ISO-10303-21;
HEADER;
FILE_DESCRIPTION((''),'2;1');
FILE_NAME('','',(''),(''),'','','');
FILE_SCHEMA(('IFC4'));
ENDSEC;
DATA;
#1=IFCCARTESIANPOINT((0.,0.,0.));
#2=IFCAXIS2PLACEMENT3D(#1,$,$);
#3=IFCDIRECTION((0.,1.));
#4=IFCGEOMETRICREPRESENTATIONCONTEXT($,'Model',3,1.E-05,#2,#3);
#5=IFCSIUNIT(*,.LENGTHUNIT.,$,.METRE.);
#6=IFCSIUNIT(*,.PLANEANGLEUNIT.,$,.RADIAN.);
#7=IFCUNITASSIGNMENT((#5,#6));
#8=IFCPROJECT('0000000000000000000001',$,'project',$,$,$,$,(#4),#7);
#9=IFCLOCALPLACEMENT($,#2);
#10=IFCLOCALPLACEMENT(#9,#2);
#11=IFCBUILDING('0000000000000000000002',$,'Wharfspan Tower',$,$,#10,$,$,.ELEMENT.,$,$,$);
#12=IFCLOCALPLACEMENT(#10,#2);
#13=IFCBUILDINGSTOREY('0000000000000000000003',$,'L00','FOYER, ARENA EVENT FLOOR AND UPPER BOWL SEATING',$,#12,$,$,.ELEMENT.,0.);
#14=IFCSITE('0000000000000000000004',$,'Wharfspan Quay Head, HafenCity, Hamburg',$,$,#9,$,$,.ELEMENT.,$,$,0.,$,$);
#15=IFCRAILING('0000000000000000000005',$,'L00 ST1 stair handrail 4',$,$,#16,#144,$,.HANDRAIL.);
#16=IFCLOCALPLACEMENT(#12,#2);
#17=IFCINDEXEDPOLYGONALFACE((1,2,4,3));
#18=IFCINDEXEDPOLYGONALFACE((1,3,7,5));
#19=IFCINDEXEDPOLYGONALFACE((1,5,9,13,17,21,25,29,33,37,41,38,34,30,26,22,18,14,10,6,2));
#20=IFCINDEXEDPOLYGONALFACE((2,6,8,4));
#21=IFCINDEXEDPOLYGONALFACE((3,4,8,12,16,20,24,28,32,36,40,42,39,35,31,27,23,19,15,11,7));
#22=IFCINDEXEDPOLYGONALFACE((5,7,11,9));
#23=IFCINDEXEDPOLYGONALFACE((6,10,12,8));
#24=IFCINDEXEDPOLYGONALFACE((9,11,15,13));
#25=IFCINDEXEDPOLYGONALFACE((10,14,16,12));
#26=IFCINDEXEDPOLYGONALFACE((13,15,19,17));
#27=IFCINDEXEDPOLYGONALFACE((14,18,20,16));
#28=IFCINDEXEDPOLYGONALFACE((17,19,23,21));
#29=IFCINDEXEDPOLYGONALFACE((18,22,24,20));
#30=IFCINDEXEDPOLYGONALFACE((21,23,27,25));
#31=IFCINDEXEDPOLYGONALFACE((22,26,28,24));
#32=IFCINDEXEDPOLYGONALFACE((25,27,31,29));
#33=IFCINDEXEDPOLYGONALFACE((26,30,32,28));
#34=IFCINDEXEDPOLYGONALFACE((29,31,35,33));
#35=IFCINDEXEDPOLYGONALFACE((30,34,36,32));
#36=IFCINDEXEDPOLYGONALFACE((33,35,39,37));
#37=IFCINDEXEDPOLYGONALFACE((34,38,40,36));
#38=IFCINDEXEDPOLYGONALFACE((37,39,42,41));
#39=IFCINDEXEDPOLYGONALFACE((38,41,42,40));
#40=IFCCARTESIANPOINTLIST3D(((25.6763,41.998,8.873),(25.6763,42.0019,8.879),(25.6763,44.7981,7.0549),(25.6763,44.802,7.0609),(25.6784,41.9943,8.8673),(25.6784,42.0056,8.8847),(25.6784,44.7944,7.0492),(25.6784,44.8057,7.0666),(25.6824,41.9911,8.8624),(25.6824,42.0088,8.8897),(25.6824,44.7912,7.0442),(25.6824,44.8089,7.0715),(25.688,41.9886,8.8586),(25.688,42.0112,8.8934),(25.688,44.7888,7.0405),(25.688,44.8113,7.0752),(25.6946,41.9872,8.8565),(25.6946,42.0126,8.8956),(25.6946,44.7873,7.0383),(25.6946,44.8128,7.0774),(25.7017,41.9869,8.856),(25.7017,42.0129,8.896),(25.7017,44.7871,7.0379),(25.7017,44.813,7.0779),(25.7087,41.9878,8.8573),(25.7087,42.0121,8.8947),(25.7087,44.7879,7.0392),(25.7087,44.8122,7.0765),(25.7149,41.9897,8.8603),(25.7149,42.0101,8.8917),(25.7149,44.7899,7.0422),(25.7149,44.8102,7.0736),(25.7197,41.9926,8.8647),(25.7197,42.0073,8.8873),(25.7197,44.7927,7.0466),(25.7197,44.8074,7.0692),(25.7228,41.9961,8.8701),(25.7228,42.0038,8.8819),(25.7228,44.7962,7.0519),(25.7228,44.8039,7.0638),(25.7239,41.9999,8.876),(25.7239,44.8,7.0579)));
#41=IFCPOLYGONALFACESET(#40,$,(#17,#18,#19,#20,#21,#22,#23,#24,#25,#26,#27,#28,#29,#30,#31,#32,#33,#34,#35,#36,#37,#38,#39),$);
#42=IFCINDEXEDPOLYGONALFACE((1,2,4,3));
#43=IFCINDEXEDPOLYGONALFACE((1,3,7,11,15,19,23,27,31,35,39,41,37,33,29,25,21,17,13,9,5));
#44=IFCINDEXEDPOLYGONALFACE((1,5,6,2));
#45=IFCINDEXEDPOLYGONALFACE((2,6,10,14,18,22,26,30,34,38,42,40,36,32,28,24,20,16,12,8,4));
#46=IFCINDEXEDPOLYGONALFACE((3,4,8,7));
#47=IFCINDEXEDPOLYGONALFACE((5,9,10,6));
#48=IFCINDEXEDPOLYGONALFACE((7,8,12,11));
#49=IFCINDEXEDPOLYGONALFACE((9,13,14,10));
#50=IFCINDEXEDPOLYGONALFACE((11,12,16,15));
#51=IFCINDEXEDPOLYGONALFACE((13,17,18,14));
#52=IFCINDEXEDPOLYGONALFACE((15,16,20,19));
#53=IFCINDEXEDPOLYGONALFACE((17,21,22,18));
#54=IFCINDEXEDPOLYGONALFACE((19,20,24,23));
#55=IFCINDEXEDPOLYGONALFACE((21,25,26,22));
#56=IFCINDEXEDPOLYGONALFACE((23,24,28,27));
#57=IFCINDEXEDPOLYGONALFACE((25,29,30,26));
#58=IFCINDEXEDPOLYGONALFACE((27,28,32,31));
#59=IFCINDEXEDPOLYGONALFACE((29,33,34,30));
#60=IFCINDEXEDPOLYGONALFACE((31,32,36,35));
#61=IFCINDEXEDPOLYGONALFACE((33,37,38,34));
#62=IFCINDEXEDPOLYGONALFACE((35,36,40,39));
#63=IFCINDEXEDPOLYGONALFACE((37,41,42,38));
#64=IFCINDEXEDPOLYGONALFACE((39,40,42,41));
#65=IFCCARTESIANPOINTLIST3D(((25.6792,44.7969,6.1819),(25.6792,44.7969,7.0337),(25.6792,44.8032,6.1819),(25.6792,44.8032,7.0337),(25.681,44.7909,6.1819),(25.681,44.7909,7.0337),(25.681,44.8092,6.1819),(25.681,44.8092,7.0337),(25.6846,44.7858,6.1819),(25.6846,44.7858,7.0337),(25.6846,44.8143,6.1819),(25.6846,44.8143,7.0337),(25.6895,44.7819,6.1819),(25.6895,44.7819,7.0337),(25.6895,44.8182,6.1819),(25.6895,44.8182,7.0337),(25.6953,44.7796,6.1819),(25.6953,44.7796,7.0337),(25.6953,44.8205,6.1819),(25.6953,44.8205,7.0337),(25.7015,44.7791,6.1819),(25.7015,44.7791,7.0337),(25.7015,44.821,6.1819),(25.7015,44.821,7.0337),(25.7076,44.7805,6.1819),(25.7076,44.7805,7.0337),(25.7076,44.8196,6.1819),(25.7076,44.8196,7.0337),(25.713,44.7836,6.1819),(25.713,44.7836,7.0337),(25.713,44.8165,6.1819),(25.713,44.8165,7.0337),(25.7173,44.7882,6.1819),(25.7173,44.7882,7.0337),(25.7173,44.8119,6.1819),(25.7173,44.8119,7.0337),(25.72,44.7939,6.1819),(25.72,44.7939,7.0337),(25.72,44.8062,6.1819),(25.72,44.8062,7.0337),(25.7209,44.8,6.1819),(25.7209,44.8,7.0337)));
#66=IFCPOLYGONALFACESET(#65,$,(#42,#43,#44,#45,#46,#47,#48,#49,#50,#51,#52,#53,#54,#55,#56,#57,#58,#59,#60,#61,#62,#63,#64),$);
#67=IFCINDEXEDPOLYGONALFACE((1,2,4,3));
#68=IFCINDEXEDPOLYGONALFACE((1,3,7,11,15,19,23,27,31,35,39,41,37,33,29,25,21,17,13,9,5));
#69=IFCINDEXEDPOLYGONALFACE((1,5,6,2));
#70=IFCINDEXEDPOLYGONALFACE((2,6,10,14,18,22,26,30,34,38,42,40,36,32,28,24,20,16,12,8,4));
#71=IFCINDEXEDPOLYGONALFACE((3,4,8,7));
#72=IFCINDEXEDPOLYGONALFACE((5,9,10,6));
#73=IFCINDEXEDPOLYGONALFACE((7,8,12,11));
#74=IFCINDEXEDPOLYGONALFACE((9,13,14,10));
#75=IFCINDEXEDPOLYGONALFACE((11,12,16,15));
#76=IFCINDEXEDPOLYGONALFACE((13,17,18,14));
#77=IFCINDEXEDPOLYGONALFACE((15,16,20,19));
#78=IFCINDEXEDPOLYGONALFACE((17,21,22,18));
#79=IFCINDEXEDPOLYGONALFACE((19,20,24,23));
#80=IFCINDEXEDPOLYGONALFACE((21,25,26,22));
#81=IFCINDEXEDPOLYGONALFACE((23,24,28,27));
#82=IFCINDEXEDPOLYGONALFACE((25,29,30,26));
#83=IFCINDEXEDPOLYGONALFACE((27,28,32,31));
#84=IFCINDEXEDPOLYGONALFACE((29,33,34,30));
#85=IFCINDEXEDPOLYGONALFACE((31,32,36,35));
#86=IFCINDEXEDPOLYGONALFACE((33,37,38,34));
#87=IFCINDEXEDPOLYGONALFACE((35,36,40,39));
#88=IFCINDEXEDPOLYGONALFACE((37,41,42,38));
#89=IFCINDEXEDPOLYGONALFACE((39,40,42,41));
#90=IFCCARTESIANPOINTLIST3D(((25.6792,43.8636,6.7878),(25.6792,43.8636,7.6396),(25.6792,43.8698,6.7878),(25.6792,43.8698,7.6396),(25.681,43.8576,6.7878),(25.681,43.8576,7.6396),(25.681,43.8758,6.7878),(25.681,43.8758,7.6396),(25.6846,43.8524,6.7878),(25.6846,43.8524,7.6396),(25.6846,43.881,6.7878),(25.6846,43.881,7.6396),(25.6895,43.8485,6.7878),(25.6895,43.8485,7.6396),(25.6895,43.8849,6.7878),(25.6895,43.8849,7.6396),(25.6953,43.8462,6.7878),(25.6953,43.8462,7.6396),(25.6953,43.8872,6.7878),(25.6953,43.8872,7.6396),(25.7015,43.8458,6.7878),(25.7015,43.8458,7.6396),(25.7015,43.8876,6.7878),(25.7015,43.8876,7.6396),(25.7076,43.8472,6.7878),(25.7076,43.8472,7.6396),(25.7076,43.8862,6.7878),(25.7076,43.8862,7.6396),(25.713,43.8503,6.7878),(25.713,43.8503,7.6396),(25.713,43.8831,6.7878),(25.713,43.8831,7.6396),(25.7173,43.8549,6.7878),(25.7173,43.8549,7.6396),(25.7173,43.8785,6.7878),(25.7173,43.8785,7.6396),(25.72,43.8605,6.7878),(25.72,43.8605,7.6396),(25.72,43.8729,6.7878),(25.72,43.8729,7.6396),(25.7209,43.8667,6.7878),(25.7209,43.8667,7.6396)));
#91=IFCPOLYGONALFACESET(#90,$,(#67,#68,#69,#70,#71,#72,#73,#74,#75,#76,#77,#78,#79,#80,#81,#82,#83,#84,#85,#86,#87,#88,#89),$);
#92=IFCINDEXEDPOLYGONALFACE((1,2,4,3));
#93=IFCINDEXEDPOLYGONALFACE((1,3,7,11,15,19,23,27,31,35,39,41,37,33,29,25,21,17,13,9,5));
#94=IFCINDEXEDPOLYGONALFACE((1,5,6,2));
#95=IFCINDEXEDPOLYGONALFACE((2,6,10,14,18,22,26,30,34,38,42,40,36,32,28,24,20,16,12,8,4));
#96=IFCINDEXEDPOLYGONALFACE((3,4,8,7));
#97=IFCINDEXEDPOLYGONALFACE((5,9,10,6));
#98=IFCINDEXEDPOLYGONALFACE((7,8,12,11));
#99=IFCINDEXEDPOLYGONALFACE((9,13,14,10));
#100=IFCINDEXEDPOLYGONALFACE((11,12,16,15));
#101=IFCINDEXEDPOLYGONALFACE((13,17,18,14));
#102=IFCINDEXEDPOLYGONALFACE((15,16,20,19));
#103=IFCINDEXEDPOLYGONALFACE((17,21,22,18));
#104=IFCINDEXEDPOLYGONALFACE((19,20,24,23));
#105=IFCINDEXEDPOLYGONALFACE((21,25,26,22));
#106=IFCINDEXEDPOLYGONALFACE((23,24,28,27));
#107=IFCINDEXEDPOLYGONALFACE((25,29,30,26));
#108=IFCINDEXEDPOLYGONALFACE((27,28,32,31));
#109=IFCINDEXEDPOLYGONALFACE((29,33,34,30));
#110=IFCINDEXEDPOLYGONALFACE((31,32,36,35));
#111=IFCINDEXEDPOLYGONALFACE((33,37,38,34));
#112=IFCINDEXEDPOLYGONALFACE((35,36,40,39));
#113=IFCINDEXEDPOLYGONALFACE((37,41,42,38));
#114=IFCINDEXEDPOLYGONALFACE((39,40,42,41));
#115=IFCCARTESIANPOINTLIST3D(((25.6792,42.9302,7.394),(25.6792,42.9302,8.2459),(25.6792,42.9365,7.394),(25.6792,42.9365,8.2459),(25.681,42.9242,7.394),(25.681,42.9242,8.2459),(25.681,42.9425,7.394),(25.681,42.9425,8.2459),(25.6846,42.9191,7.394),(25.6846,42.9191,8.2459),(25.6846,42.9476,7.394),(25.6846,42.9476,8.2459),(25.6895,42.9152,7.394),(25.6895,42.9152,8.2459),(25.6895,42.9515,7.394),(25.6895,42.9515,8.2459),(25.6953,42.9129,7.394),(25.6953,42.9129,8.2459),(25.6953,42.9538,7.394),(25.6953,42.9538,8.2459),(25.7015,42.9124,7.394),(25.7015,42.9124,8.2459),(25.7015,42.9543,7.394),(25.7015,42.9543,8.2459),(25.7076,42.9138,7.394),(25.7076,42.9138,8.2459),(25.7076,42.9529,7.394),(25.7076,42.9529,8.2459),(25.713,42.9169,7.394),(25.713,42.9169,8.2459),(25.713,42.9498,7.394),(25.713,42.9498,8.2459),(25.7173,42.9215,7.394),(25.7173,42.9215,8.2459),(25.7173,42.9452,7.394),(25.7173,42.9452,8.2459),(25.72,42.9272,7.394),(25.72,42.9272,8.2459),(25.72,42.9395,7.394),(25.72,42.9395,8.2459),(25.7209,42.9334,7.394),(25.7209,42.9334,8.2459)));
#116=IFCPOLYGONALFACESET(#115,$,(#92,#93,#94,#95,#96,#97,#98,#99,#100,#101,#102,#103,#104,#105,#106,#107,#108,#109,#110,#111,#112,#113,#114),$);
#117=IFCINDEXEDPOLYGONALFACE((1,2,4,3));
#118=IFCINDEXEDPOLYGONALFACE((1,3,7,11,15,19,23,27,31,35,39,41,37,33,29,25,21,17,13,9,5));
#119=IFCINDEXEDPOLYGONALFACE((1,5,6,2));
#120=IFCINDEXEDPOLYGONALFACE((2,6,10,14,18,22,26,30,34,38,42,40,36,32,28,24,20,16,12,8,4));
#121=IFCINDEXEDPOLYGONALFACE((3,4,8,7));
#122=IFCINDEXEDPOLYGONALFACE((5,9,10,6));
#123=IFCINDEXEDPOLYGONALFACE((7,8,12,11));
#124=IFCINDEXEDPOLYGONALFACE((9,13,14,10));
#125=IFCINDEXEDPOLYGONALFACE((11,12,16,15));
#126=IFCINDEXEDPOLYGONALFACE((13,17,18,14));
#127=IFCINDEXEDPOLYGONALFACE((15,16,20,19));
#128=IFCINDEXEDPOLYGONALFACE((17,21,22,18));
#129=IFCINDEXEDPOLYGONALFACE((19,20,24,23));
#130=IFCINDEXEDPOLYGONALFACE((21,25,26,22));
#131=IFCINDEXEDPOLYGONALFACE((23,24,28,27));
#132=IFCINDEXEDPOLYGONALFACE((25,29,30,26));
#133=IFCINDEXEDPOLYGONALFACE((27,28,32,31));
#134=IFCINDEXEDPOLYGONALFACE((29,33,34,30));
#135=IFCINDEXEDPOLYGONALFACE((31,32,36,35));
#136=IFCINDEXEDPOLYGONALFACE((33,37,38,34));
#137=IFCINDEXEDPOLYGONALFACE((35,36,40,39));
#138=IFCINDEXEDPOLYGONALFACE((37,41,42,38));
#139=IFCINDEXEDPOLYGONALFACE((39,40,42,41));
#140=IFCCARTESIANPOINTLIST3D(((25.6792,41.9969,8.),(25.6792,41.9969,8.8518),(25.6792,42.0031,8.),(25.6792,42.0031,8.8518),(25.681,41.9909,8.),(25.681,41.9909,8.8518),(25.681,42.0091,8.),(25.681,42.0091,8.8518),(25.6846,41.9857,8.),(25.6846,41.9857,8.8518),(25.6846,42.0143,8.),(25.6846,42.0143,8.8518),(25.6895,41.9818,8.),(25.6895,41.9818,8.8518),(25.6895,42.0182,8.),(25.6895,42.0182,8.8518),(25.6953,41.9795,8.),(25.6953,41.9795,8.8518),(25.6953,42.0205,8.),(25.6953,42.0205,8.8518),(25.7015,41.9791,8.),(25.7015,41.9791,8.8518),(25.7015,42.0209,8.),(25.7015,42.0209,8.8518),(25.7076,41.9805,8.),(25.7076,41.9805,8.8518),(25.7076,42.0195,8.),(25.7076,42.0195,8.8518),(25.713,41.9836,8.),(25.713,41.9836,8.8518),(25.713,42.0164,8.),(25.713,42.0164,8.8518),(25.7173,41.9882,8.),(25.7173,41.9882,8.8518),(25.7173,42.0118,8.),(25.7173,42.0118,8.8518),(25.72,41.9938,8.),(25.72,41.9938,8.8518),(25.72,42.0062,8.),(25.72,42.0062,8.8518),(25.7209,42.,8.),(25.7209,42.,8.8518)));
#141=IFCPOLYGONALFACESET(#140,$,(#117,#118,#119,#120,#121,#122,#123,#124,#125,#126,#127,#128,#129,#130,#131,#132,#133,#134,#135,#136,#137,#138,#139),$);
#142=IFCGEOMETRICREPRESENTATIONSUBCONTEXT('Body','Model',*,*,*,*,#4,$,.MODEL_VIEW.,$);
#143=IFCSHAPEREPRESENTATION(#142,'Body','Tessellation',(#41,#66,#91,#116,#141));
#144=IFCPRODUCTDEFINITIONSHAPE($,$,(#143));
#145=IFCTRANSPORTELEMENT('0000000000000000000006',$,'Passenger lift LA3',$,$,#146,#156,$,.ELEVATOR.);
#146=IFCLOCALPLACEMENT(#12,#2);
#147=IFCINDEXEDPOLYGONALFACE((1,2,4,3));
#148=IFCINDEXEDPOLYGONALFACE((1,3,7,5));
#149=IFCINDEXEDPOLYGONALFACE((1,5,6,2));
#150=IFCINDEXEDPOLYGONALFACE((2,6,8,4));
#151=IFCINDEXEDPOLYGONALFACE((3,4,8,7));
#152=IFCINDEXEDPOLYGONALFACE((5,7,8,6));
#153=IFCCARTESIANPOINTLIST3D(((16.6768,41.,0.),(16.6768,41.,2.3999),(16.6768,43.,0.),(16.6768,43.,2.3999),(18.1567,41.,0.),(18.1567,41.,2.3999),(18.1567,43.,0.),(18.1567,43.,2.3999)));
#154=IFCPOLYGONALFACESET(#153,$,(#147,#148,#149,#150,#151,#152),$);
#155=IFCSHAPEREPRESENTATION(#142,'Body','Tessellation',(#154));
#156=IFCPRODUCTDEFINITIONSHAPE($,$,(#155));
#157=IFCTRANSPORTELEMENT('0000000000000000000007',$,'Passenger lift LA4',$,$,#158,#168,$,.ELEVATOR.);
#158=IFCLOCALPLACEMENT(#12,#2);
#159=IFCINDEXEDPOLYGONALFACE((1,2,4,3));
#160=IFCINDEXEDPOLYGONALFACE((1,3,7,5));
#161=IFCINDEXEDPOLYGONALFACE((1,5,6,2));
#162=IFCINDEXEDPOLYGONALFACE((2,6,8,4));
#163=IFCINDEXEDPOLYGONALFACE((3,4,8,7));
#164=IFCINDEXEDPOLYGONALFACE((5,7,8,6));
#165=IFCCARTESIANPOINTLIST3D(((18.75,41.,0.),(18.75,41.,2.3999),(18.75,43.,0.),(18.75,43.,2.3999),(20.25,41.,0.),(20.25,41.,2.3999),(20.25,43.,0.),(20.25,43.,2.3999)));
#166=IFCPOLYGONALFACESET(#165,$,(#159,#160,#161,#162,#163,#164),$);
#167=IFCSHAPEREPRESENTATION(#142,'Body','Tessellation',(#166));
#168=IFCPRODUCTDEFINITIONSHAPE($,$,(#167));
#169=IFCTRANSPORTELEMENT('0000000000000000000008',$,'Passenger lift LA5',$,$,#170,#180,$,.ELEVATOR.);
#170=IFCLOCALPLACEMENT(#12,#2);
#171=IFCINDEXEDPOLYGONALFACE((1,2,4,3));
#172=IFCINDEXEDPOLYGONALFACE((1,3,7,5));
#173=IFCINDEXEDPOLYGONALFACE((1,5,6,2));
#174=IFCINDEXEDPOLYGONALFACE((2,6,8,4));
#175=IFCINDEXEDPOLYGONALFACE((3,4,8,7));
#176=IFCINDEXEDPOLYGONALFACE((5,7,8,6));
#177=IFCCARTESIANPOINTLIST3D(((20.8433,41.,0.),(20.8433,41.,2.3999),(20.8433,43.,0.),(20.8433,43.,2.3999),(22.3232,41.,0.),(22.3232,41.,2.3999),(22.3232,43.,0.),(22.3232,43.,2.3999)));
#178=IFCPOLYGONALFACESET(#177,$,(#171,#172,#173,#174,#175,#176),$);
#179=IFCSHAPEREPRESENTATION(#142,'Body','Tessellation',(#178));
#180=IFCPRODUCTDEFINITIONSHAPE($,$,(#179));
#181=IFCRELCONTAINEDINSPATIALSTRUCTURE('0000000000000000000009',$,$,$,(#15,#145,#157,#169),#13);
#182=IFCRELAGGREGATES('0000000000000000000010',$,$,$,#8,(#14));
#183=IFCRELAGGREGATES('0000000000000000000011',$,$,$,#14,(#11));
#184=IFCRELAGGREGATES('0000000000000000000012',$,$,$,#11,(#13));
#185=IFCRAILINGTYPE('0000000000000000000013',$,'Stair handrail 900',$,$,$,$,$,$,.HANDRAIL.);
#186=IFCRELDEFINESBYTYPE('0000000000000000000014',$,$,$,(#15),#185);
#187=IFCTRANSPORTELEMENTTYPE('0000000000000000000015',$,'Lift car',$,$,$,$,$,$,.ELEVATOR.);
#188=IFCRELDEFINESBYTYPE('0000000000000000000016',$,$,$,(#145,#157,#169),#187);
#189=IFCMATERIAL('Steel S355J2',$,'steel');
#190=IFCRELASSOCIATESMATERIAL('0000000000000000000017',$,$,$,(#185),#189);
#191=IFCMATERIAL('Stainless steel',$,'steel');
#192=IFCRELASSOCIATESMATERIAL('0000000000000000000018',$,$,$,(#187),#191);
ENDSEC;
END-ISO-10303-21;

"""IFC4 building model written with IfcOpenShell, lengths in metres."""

from ifc_helpers import new_model, si_unit, direction, frame, origin, origin_2d, place, context, subcontext, project, spatial, rectangle, circle, extrude, material, type_object, element, save


model = new_model("IFC4")

# Units and contexts
model_context = context("Model", 3, precision=1e-05, world=origin(), true_north=direction((0.0, 1.0)))
body_context = subcontext(model_context, "Body", "Model", "MODEL_VIEW")
ifc_project = project(units=[si_unit("LENGTHUNIT", "METRE"), si_unit("PLANEANGLEUNIT", "RADIAN")], contexts=[model_context])

# Site, building, storey
site_placement = place(None, origin())
site = spatial("IfcSite", under=ifc_project, at=site_placement, Name="Wharfspan Quay Head, HafenCity, Hamburg", CompositionType="ELEMENT", RefElevation=0.0)
building_placement = place(site_placement, origin())
building = spatial("IfcBuilding", under=site, at=building_placement, Name="Wharfspan Tower", CompositionType="ELEMENT")
storey_placement = place(building_placement, origin())
storey = spatial("IfcBuildingStorey", under=building, at=storey_placement, Name="L00", Description="FOYER, ARENA EVENT FLOOR AND UPPER BOWL SEATING", CompositionType="ELEMENT", Elevation=0.0)

# Shared definitions
ifc_material_1 = material(Name="Stainless steel", Category="steel")

# Railing
ifc_material_2 = material(Name="Steel S355J2", Category="steel")
railing_type = type_object("IfcRailingType", Name="Stair handrail 900", PredefinedType="HANDRAIL", material=ifc_material_2)
for number, where, name in (
    (1, (25.7, 44.8, 6.1819), "L00 ST1 stair handrail 4"),
):
    element("IfcRailing", number, at=place(storey_placement, frame(where)), inside=storey, type_object=railing_type, Name=name, PredefinedType="HANDRAIL", context=body_context, shape_type="SweptSolid", body=[
        extrude(circle(Radius=0.0239, at=origin_2d()), frame((0.0, 0.0, 0.876), z_axis=(0.0, -0.838706, 0.544585), x_axis=(1.0, 0.0, 0.0)), (0.0, 0.0, 1.0), 3.3386),
        extrude(circle(Radius=0.021, at=origin_2d()), origin(), (0.0, 0.0, 1.0), 0.8518),
        extrude(circle(Radius=0.021, at=origin_2d()), frame((0.0, -0.9334, 0.606)), (0.0, 0.0, 1.0), 0.8518),
        extrude(circle(Radius=0.021, at=origin_2d()), frame((0.0, -1.8667, 1.2122)), (0.0, 0.0, 1.0), 0.8518),
        extrude(circle(Radius=0.021, at=origin_2d()), frame((0.0, -2.8, 1.8181)), (0.0, 0.0, 1.0), 0.8518),
    ])

# Transport elements
transport_element_type = type_object("IfcTransportElementType", Name="Lift car", PredefinedType="ELEVATOR", material=ifc_material_1)
transport_element_1_placement = place(storey_placement, frame((17.4167, 42.0, 0.0), z_axis=(0.0, 0.0, 1.0), x_axis=(1.0, 0.0, 0.0)))
element("IfcTransportElement", 2, at=transport_element_1_placement, inside=storey, type_object=transport_element_type, Name="Passenger lift LA3", PredefinedType="ELEVATOR", context=body_context, shape_type="SweptSolid", body=[
    extrude(rectangle(XDim=1.48, YDim=2.0, at=origin_2d()), origin(), (0.0, 0.0, 1.0), 2.3999),
])
transport_element_2_placement = place(storey_placement, frame((19.5, 42.0, 0.0), z_axis=(0.0, 0.0, 1.0), x_axis=(1.0, 0.0, 0.0)))
element("IfcTransportElement", 3, at=transport_element_2_placement, inside=storey, type_object=transport_element_type, Name="Passenger lift LA4", PredefinedType="ELEVATOR", context=body_context, shape_type="SweptSolid", body=[
    extrude(rectangle(XDim=1.5, YDim=2.0, at=origin_2d()), origin(), (0.0, 0.0, 1.0), 2.3999),
])
transport_element_3_placement = place(storey_placement, frame((21.5833, 42.0, 0.0), z_axis=(0.0, 0.0, 1.0), x_axis=(1.0, 0.0, 0.0)))
element("IfcTransportElement", 4, at=transport_element_3_placement, inside=storey, type_object=transport_element_type, Name="Passenger lift LA5", PredefinedType="ELEVATOR", context=body_context, shape_type="SweptSolid", body=[
    extrude(rectangle(XDim=1.48, YDim=2.0, at=origin_2d()), origin(), (0.0, 0.0, 1.0), 2.3999),
])

save(model, "model.ifc")
